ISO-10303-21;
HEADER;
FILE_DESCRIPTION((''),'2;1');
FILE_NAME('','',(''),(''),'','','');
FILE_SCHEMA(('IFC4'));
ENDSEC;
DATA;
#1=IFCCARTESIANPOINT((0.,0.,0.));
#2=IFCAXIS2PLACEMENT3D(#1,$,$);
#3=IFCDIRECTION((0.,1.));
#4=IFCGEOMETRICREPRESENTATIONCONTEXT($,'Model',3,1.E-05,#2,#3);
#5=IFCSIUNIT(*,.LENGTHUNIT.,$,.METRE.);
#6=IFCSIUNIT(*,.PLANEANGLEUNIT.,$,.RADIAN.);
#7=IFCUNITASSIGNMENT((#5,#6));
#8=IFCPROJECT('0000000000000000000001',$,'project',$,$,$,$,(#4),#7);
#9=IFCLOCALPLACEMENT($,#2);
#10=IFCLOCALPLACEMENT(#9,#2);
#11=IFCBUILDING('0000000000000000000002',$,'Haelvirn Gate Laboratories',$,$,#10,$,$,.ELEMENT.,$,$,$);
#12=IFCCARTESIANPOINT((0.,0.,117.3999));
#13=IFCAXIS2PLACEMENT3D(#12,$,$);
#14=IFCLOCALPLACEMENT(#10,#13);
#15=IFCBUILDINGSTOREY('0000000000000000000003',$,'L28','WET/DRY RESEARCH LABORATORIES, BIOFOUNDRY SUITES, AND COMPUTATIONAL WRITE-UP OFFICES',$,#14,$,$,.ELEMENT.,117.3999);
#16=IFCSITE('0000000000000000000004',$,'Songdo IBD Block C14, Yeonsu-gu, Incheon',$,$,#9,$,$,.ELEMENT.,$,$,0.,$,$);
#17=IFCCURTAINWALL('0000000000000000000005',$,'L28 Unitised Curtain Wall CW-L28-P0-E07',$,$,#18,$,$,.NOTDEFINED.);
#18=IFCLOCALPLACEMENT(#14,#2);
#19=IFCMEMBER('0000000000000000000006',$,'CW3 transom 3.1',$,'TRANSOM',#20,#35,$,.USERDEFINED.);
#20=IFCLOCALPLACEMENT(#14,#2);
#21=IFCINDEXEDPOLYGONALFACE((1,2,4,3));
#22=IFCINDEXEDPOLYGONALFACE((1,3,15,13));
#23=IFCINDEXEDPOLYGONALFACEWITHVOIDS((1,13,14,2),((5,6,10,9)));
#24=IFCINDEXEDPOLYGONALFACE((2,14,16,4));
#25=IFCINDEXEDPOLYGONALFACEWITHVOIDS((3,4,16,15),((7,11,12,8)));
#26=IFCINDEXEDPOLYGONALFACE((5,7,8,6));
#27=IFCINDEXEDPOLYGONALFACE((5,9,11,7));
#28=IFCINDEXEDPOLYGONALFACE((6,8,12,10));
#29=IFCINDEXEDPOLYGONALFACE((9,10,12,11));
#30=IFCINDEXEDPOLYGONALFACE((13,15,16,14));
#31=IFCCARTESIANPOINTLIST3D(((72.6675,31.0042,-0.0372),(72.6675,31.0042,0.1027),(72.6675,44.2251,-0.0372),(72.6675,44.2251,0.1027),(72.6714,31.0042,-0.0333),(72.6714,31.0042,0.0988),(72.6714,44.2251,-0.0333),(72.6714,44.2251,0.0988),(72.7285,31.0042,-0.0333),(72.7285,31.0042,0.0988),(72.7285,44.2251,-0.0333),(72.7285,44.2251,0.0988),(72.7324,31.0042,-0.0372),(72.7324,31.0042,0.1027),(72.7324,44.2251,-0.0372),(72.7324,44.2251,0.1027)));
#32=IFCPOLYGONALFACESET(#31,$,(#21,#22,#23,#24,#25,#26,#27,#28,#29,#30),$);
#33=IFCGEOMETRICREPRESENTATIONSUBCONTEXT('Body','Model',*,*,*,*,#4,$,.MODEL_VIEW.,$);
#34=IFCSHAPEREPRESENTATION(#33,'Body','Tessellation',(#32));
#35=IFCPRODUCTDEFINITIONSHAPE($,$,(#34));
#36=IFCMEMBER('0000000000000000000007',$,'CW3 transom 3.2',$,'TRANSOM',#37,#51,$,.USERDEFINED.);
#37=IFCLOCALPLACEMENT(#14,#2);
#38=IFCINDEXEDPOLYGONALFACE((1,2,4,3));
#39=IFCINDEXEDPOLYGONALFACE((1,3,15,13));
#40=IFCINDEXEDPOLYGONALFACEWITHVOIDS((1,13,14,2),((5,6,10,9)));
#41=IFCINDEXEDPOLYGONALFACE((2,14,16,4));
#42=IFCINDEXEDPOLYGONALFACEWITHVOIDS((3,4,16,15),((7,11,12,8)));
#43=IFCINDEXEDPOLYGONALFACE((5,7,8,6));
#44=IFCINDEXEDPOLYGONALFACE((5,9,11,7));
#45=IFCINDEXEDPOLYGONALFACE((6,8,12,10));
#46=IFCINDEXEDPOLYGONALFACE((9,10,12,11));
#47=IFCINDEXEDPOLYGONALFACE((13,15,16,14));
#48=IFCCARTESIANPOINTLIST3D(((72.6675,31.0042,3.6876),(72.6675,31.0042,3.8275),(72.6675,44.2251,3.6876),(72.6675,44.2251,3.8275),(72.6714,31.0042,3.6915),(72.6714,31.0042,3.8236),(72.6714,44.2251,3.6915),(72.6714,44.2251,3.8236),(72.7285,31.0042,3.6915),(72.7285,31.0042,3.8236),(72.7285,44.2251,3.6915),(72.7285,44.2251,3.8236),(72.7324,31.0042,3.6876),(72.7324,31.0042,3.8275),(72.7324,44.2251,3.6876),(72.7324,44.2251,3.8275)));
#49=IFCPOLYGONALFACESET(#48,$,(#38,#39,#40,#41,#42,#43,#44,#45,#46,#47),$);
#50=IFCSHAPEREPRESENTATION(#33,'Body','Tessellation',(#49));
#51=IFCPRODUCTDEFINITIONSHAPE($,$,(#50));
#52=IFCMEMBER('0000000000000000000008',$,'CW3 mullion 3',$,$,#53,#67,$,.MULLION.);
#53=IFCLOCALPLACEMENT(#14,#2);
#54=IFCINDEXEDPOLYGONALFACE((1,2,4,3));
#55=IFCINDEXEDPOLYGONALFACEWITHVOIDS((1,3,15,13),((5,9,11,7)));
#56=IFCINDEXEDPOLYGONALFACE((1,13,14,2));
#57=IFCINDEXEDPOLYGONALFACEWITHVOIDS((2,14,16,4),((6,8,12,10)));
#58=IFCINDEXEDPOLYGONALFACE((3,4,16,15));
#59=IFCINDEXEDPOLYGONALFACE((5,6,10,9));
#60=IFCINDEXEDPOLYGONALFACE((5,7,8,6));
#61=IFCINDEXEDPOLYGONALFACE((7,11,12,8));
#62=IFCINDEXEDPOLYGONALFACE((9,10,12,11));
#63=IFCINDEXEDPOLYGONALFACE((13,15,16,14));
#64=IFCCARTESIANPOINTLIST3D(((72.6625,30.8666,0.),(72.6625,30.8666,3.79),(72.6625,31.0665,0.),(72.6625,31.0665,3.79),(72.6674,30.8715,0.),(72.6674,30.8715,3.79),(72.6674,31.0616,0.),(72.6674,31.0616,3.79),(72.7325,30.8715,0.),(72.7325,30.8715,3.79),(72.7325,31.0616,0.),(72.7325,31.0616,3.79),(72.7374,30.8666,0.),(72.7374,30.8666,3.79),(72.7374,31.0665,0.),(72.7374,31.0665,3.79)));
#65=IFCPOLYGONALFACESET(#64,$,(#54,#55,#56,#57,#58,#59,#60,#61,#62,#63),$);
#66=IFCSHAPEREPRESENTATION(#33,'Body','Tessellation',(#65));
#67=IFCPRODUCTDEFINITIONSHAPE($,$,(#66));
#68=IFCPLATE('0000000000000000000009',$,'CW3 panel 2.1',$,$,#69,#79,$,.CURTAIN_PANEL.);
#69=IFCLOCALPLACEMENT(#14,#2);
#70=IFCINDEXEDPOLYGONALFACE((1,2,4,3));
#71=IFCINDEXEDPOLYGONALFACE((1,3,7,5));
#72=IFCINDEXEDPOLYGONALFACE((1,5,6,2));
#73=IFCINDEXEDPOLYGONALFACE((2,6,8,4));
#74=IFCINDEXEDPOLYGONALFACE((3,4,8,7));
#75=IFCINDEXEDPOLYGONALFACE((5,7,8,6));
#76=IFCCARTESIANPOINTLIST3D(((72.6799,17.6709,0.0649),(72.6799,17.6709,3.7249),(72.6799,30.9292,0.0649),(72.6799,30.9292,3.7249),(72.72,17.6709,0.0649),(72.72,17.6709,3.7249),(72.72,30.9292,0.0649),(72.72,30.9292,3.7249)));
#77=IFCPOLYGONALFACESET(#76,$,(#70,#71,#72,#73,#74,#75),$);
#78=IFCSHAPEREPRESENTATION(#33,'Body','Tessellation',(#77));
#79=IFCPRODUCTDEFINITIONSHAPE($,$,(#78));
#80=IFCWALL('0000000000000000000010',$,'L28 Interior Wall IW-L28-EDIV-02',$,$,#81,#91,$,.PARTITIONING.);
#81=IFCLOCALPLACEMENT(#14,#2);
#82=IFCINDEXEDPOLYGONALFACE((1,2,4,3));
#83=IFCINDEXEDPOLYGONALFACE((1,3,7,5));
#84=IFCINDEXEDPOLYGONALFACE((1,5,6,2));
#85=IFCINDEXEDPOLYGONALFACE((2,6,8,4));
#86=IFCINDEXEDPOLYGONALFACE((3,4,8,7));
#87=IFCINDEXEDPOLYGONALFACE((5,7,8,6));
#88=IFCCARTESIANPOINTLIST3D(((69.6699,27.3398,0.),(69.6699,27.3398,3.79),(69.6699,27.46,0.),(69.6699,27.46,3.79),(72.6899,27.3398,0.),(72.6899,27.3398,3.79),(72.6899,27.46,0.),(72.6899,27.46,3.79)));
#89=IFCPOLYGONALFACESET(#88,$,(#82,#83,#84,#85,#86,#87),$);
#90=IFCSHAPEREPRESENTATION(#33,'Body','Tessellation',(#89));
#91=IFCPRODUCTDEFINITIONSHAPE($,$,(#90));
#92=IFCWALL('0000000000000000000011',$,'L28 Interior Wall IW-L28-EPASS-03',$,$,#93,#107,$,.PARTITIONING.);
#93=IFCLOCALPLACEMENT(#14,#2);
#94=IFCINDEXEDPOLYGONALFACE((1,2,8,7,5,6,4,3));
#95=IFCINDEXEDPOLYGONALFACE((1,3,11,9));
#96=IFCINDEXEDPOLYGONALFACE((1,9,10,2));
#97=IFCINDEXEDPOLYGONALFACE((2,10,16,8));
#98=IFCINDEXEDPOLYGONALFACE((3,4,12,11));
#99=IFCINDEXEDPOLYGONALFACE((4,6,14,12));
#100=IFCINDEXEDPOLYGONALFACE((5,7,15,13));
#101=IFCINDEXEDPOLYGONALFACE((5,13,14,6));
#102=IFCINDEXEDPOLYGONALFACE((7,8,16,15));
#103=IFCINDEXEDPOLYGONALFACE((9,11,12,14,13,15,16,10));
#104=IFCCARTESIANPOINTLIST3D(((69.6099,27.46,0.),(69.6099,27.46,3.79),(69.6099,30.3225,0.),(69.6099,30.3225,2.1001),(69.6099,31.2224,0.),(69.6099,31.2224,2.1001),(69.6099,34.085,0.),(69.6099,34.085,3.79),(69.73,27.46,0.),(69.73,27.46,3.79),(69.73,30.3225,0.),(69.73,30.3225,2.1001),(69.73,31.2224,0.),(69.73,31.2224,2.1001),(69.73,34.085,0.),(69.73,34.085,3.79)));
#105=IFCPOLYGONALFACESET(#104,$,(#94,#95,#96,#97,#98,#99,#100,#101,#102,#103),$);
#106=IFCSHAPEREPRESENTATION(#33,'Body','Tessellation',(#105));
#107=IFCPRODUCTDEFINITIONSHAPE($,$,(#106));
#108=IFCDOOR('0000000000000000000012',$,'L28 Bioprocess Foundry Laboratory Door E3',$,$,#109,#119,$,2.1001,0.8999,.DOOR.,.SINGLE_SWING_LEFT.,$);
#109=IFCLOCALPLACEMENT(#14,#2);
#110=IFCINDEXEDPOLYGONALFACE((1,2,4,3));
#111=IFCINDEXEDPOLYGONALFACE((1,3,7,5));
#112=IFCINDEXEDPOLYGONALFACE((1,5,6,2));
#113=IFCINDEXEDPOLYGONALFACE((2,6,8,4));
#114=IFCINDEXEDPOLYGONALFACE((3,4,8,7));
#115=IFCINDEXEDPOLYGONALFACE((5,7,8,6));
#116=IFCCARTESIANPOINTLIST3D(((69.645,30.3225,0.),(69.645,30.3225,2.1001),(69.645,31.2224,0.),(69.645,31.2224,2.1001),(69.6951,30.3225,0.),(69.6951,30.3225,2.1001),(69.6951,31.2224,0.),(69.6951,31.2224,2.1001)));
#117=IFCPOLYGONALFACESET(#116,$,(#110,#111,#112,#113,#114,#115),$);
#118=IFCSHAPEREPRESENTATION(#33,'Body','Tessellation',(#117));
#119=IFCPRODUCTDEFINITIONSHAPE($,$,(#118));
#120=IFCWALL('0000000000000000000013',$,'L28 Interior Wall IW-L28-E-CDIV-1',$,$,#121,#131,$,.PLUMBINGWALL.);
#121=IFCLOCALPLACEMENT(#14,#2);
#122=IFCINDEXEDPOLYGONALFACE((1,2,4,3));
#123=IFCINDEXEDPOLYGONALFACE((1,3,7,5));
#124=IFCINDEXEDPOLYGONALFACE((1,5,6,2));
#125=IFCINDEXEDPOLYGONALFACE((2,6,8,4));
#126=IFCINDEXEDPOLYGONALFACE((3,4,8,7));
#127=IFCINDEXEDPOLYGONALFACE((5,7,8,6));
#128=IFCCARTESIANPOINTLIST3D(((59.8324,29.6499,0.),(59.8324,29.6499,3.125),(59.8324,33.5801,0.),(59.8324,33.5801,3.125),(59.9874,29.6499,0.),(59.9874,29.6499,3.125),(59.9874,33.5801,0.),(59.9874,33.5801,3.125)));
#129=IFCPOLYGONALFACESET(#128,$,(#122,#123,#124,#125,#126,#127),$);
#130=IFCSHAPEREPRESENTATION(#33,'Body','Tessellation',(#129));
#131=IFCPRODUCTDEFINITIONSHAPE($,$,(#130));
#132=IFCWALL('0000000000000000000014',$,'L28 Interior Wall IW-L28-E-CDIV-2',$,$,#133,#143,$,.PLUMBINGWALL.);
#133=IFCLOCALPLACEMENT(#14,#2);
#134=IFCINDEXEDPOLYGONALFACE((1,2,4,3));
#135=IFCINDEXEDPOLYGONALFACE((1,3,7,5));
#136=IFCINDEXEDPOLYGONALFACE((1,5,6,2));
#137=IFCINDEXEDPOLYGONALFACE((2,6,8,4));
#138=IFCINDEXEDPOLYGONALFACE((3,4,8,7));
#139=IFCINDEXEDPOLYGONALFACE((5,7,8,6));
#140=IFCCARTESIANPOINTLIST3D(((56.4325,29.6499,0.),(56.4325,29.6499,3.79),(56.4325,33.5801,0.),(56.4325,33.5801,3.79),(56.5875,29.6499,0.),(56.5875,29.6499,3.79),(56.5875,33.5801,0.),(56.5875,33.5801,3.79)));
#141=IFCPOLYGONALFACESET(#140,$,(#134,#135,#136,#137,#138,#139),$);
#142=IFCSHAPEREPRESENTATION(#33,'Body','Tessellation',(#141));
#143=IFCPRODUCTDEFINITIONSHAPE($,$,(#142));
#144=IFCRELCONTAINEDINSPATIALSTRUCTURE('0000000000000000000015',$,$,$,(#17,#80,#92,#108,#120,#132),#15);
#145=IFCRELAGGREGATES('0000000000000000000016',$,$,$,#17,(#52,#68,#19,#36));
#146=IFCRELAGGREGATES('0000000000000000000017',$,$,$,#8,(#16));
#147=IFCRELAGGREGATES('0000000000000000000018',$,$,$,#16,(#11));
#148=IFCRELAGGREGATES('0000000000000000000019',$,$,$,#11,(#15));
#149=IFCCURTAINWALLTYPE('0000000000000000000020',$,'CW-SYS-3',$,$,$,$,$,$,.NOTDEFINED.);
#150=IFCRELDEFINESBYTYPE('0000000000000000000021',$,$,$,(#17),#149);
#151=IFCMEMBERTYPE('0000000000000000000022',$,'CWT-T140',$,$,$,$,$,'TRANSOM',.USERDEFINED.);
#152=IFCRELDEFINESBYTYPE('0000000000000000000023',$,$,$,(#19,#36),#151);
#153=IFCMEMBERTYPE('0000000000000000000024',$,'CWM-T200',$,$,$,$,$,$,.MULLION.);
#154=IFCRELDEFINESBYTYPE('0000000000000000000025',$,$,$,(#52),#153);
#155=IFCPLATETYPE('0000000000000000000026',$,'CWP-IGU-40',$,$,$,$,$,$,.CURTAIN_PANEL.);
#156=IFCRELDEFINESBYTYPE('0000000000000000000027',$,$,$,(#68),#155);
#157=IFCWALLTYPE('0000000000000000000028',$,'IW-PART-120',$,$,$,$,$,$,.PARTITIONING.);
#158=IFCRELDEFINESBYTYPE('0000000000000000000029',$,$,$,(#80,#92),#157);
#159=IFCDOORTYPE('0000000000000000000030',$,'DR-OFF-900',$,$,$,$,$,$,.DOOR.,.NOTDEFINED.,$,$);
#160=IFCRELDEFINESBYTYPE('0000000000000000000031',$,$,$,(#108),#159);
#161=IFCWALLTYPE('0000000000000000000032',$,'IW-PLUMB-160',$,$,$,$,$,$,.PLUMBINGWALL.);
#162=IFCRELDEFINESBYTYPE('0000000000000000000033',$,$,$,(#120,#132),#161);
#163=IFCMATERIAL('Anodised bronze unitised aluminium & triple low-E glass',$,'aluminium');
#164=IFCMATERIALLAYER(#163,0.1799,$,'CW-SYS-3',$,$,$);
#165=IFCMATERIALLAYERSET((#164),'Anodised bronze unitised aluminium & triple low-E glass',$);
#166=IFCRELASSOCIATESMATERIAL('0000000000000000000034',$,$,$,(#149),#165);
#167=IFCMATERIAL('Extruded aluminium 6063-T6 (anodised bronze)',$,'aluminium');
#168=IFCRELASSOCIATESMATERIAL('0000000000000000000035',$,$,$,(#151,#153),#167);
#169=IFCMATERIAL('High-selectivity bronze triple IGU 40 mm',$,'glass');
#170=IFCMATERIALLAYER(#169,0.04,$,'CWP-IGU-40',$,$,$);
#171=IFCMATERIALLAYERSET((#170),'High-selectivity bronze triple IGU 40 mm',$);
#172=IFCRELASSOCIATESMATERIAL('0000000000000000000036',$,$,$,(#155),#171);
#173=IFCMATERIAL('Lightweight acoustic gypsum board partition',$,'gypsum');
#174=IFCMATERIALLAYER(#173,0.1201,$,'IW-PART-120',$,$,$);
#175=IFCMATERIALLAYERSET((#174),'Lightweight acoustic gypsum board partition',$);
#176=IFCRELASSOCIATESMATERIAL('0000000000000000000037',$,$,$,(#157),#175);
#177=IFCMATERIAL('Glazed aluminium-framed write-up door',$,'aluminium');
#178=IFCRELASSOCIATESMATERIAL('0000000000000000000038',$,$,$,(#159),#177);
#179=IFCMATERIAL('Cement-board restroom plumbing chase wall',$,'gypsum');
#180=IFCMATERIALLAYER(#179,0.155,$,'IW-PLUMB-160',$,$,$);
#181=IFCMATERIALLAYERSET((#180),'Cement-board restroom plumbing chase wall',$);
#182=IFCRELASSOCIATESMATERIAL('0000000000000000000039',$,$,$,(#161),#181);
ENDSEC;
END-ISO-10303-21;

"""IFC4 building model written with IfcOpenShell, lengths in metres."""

from ifc_helpers import new_model, si_unit, direction, frame, frame_2d, origin, origin_2d, place, context, subcontext, project, spatial, rectangle, hollow_rectangle, extrude, source, transform, mapped, material, layer, layer_set, material_profile, profile_set, type_object, type_shapes, element, fill, aggregate, save


model = new_model("IFC4")

# Units and contexts
model_context = context("Model", 3, precision=1e-05, world=origin(), true_north=direction((0.0, 1.0)))
body_context = subcontext(model_context, "Body", "Model", "MODEL_VIEW")
ifc_project = project(units=[si_unit("LENGTHUNIT", "METRE"), si_unit("PLANEANGLEUNIT", "RADIAN")], contexts=[model_context])

# Site, building, storey
site_placement = place(None, origin())
site = spatial("IfcSite", under=ifc_project, at=site_placement, Name="Songdo IBD Block C14, Yeonsu-gu, Incheon", CompositionType="ELEMENT", RefElevation=0.0)
building_placement = place(site_placement, origin())
building = spatial("IfcBuilding", under=site, at=building_placement, Name="Haelvirn Gate Laboratories", CompositionType="ELEMENT")
storey_placement = place(building_placement, frame((0.0, 0.0, 117.3999)))
storey = spatial("IfcBuildingStorey", under=building, at=storey_placement, Name="L28", Description="WET/DRY RESEARCH LABORATORIES, BIOFOUNDRY SUITES, AND COMPUTATIONAL WRITE-UP OFFICES", CompositionType="ELEMENT", Elevation=117.3999)

# Curtain wall, members, plate
ifc_material_1 = material(Name="Anodised bronze unitised aluminium & triple low-E glass", Category="aluminium")
ifc_layer_1 = layer(ifc_material_1, 0.1799, Name="CW-SYS-3")
ifc_layer_set_1 = layer_set([ifc_layer_1], Name="Anodised bronze unitised aluminium & triple low-E glass")
curtain_wall_type = type_object("IfcCurtainWallType", Name="CW-SYS-3", PredefinedType="NOTDEFINED", material=ifc_layer_set_1)
curtain_wall_placement = place(storey_placement, origin())
curtain_wall = element("IfcCurtainWall", 1, at=curtain_wall_placement, inside=storey, type_object=curtain_wall_type, Name="L28 Unitised Curtain Wall CW-L28-P0-E07", PredefinedType="NOTDEFINED")
ifc_material_2 = material(Name="Extruded aluminium 6063-T6 (anodised bronze)", Category="aluminium")
ifc_material_profile_1 = material_profile(ifc_material_2, hollow_rectangle(XDim=0.0649, YDim=0.1399, WallThickness=0.0039, at=origin_2d()), Name="CWT-140x65x4")
ifc_profile_set_1 = profile_set([ifc_material_profile_1], Name="Extruded aluminium 6063-T6 (anodised bronze)")
member_type_1 = type_object("IfcMemberType", Name="CWT-T140", ElementType="TRANSOM", PredefinedType="USERDEFINED", material=ifc_profile_set_1)
shared_shape_1 = source(origin(), body_context, "Body", "SweptSolid", [
    extrude(hollow_rectangle(XDim=0.0649, YDim=0.1399, WallThickness=0.0039, at=origin_2d()), origin(), (0.0, 0.0, 1.0), 13.2209),
])
type_shapes(member_type_1, [shared_shape_1])
member_1_placement = place(storey_placement, frame((72.7, 31.0042, 0.0327), z_axis=(0.0, 1.0, 0.0), x_axis=(-1.0, 0.0, 0.0)))
member_1 = element("IfcMember", 2, at=member_1_placement, type_object=member_type_1, Name="CW3 transom 3.1", ObjectType="TRANSOM", PredefinedType="USERDEFINED", context=body_context, shape_type="MappedRepresentation", body=[
    mapped(shared_shape_1, transform((0.0, 0.0, 0.0), scale=1.0)),
])
member_2_placement = place(storey_placement, frame((72.7, 31.0042, 3.7576), z_axis=(0.0, 1.0, 0.0), x_axis=(-1.0, 0.0, 0.0)))
member_2 = element("IfcMember", 3, at=member_2_placement, type_object=member_type_1, Name="CW3 transom 3.2", ObjectType="TRANSOM", PredefinedType="USERDEFINED", context=body_context, shape_type="MappedRepresentation", body=[
    mapped(shared_shape_1, transform((0.0, 0.0, 0.0), scale=1.0)),
])
ifc_material_profile_2 = material_profile(ifc_material_2, hollow_rectangle(XDim=0.075, YDim=0.2, WallThickness=0.0049, at=origin_2d()), Name="CWM-200x75x5")
ifc_profile_set_2 = profile_set([ifc_material_profile_2], Name="Extruded aluminium 6063-T6 (anodised bronze)")
member_type_2 = type_object("IfcMemberType", Name="CWM-T200", PredefinedType="MULLION", material=ifc_profile_set_2)
shared_shape_2 = source(origin(), body_context, "Body", "SweptSolid", [
    extrude(hollow_rectangle(XDim=0.075, YDim=0.2, WallThickness=0.0049, at=origin_2d()), origin(), (0.0, 0.0, 1.0), 3.79),
])
type_shapes(member_type_2, [shared_shape_2])
member_3_placement = place(storey_placement, frame((72.7, 30.9666, 0.0), z_axis=(0.0, 0.0, 1.0), x_axis=(-1.0, 0.0, 0.0)))
member_3 = element("IfcMember", 4, at=member_3_placement, type_object=member_type_2, Name="CW3 mullion 3", PredefinedType="MULLION", context=body_context, shape_type="MappedRepresentation", body=[
    mapped(shared_shape_2, transform((0.0, 0.0, 0.0), scale=1.0)),
])
ifc_material_3 = material(Name="High-selectivity bronze triple IGU 40 mm", Category="glass")
ifc_layer_2 = layer(ifc_material_3, 0.04, Name="CWP-IGU-40")
ifc_layer_set_2 = layer_set([ifc_layer_2], Name="High-selectivity bronze triple IGU 40 mm")
plate_type = type_object("IfcPlateType", Name="CWP-IGU-40", PredefinedType="CURTAIN_PANEL", material=ifc_layer_set_2)
shared_shape_3 = source(origin(), body_context, "Body", "SweptSolid", [
    extrude(rectangle(XDim=13.2583, YDim=0.04, at=origin_2d()), origin(), (0.0, 0.0, 1.0), 3.6599),
])
type_shapes(plate_type, [shared_shape_3])
plate_placement = place(storey_placement, frame((72.7, 24.3, 0.0649), z_axis=(0.0, 0.0, 1.0), x_axis=(0.0, 1.0, 0.0)))
plate = element("IfcPlate", 5, at=plate_placement, type_object=plate_type, Name="CW3 panel 2.1", PredefinedType="CURTAIN_PANEL", context=body_context, shape_type="MappedRepresentation", body=[
    mapped(shared_shape_3, transform((0.0, 0.0, 0.0), scale=1.0)),
])
aggregate(curtain_wall, [member_3, plate, member_1, member_2])

# Wall
ifc_material_4 = material(Name="Lightweight acoustic gypsum board partition", Category="gypsum")
ifc_layer_3 = layer(ifc_material_4, 0.1201, Name="IW-PART-120")
ifc_layer_set_3 = layer_set([ifc_layer_3], Name="Lightweight acoustic gypsum board partition")
wall_type_1 = type_object("IfcWallType", Name="IW-PART-120", PredefinedType="PARTITIONING", material=ifc_layer_set_3)
wall_1_placement = place(storey_placement, frame((69.6699, 27.3999, 0.0), z_axis=(0.0, 0.0, 1.0), x_axis=(1.0, 0.0, 0.0)))
element("IfcWall", 6, at=wall_1_placement, inside=storey, type_object=wall_type_1, Name="L28 Interior Wall IW-L28-EDIV-02", PredefinedType="PARTITIONING", context=body_context, shape_type="SweptSolid", body=[
    extrude(rectangle(XDim=3.02, YDim=0.1201, at=frame_2d((1.51, 0.0))), origin(), (0.0, 0.0, 1.0), 3.79),
])

# Wall, opening, door
wall_2_placement = place(storey_placement, frame((69.6699, 27.46, 0.0), z_axis=(0.0, 0.0, 1.0), x_axis=(0.0, 1.0, 0.0)))
wall_2 = element("IfcWall", 7, at=wall_2_placement, inside=storey, type_object=wall_type_1, Name="L28 Interior Wall IW-L28-EPASS-03", PredefinedType="PARTITIONING", context=body_context, shape_type="SweptSolid", body=[
    extrude(rectangle(XDim=6.625, YDim=0.1201, at=frame_2d((3.3125, 0.0))), origin(), (0.0, 0.0, 1.0), 3.79),
])
opening_1_placement = place(wall_2_placement, frame((2.8625, 0.0, 0.0)))
opening_1 = element("IfcOpeningElement", 8, at=opening_1_placement, cuts=wall_2, PredefinedType="OPENING", context=body_context, shape_type="SweptSolid", body=[
    extrude(rectangle(XDim=0.8999, YDim=2.1001, at=frame_2d((0.45, 1.05))), frame((0.0, 0.0701, 0.0), z_axis=(0.0, -1.0, 0.0), x_axis=(1.0, 0.0, 0.0)), (0.0, 0.0, 1.0), 0.1401),
])
ifc_material_5 = material(Name="Glazed aluminium-framed write-up door", Category="aluminium")
door_type_1 = type_object("IfcDoorType", Name="DR-OFF-900", OperationType="NOTDEFINED", PredefinedType="DOOR", material=ifc_material_5)
shared_shape_4 = source(origin(), body_context, "Body", "SweptSolid", [
    extrude(rectangle(XDim=0.8999, YDim=2.1001, at=frame_2d((0.45, 1.05))), frame((0.0, 0.0249, 0.0), z_axis=(0.0, -1.0, 0.0), x_axis=(1.0, 0.0, 0.0)), (0.0, 0.0, 1.0), 0.05),
])
type_shapes(door_type_1, [shared_shape_4])
door_1_placement = place(opening_1_placement, origin())
door_1 = element("IfcDoor", 9, at=door_1_placement, inside=storey, type_object=door_type_1, Name="L28 Bioprocess Foundry Laboratory Door E3", OperationType="SINGLE_SWING_LEFT", OverallHeight=2.1001, OverallWidth=0.8999, PredefinedType="DOOR", context=body_context, shape_type="MappedRepresentation", body=[
    mapped(shared_shape_4, transform((0.0, 0.0, 0.0), scale=1.0)),
])
fill(opening_1, door_1)

# Walls
ifc_material_6 = material(Name="Cement-board restroom plumbing chase wall", Category="gypsum")
ifc_layer_4 = layer(ifc_material_6, 0.155, Name="IW-PLUMB-160")
ifc_layer_set_4 = layer_set([ifc_layer_4], Name="Cement-board restroom plumbing chase wall")
wall_type_2 = type_object("IfcWallType", Name="IW-PLUMB-160", PredefinedType="PLUMBINGWALL", material=ifc_layer_set_4)
wall_3_placement = place(storey_placement, frame((59.9099, 29.6499, 0.0), z_axis=(0.0, 0.0, 1.0), x_axis=(0.0, 1.0, 0.0)))
element("IfcWall", 10, at=wall_3_placement, inside=storey, type_object=wall_type_2, Name="L28 Interior Wall IW-L28-E-CDIV-1", PredefinedType="PLUMBINGWALL", context=body_context, shape_type="SweptSolid", body=[
    extrude(rectangle(XDim=3.9302, YDim=0.155, at=frame_2d((1.9651, 0.0))), origin(), (0.0, 0.0, 1.0), 3.125),
])
wall_4_placement = place(storey_placement, frame((56.51, 29.6499, 0.0), z_axis=(0.0, 0.0, 1.0), x_axis=(0.0, 1.0, 0.0)))
element("IfcWall", 11, at=wall_4_placement, inside=storey, type_object=wall_type_2, Name="L28 Interior Wall IW-L28-E-CDIV-2", PredefinedType="PLUMBINGWALL", context=body_context, shape_type="SweptSolid", body=[
    extrude(rectangle(XDim=3.9302, YDim=0.155, at=frame_2d((1.9651, 0.0))), origin(), (0.0, 0.0, 1.0), 3.79),
])

save(model, "model.ifc")
